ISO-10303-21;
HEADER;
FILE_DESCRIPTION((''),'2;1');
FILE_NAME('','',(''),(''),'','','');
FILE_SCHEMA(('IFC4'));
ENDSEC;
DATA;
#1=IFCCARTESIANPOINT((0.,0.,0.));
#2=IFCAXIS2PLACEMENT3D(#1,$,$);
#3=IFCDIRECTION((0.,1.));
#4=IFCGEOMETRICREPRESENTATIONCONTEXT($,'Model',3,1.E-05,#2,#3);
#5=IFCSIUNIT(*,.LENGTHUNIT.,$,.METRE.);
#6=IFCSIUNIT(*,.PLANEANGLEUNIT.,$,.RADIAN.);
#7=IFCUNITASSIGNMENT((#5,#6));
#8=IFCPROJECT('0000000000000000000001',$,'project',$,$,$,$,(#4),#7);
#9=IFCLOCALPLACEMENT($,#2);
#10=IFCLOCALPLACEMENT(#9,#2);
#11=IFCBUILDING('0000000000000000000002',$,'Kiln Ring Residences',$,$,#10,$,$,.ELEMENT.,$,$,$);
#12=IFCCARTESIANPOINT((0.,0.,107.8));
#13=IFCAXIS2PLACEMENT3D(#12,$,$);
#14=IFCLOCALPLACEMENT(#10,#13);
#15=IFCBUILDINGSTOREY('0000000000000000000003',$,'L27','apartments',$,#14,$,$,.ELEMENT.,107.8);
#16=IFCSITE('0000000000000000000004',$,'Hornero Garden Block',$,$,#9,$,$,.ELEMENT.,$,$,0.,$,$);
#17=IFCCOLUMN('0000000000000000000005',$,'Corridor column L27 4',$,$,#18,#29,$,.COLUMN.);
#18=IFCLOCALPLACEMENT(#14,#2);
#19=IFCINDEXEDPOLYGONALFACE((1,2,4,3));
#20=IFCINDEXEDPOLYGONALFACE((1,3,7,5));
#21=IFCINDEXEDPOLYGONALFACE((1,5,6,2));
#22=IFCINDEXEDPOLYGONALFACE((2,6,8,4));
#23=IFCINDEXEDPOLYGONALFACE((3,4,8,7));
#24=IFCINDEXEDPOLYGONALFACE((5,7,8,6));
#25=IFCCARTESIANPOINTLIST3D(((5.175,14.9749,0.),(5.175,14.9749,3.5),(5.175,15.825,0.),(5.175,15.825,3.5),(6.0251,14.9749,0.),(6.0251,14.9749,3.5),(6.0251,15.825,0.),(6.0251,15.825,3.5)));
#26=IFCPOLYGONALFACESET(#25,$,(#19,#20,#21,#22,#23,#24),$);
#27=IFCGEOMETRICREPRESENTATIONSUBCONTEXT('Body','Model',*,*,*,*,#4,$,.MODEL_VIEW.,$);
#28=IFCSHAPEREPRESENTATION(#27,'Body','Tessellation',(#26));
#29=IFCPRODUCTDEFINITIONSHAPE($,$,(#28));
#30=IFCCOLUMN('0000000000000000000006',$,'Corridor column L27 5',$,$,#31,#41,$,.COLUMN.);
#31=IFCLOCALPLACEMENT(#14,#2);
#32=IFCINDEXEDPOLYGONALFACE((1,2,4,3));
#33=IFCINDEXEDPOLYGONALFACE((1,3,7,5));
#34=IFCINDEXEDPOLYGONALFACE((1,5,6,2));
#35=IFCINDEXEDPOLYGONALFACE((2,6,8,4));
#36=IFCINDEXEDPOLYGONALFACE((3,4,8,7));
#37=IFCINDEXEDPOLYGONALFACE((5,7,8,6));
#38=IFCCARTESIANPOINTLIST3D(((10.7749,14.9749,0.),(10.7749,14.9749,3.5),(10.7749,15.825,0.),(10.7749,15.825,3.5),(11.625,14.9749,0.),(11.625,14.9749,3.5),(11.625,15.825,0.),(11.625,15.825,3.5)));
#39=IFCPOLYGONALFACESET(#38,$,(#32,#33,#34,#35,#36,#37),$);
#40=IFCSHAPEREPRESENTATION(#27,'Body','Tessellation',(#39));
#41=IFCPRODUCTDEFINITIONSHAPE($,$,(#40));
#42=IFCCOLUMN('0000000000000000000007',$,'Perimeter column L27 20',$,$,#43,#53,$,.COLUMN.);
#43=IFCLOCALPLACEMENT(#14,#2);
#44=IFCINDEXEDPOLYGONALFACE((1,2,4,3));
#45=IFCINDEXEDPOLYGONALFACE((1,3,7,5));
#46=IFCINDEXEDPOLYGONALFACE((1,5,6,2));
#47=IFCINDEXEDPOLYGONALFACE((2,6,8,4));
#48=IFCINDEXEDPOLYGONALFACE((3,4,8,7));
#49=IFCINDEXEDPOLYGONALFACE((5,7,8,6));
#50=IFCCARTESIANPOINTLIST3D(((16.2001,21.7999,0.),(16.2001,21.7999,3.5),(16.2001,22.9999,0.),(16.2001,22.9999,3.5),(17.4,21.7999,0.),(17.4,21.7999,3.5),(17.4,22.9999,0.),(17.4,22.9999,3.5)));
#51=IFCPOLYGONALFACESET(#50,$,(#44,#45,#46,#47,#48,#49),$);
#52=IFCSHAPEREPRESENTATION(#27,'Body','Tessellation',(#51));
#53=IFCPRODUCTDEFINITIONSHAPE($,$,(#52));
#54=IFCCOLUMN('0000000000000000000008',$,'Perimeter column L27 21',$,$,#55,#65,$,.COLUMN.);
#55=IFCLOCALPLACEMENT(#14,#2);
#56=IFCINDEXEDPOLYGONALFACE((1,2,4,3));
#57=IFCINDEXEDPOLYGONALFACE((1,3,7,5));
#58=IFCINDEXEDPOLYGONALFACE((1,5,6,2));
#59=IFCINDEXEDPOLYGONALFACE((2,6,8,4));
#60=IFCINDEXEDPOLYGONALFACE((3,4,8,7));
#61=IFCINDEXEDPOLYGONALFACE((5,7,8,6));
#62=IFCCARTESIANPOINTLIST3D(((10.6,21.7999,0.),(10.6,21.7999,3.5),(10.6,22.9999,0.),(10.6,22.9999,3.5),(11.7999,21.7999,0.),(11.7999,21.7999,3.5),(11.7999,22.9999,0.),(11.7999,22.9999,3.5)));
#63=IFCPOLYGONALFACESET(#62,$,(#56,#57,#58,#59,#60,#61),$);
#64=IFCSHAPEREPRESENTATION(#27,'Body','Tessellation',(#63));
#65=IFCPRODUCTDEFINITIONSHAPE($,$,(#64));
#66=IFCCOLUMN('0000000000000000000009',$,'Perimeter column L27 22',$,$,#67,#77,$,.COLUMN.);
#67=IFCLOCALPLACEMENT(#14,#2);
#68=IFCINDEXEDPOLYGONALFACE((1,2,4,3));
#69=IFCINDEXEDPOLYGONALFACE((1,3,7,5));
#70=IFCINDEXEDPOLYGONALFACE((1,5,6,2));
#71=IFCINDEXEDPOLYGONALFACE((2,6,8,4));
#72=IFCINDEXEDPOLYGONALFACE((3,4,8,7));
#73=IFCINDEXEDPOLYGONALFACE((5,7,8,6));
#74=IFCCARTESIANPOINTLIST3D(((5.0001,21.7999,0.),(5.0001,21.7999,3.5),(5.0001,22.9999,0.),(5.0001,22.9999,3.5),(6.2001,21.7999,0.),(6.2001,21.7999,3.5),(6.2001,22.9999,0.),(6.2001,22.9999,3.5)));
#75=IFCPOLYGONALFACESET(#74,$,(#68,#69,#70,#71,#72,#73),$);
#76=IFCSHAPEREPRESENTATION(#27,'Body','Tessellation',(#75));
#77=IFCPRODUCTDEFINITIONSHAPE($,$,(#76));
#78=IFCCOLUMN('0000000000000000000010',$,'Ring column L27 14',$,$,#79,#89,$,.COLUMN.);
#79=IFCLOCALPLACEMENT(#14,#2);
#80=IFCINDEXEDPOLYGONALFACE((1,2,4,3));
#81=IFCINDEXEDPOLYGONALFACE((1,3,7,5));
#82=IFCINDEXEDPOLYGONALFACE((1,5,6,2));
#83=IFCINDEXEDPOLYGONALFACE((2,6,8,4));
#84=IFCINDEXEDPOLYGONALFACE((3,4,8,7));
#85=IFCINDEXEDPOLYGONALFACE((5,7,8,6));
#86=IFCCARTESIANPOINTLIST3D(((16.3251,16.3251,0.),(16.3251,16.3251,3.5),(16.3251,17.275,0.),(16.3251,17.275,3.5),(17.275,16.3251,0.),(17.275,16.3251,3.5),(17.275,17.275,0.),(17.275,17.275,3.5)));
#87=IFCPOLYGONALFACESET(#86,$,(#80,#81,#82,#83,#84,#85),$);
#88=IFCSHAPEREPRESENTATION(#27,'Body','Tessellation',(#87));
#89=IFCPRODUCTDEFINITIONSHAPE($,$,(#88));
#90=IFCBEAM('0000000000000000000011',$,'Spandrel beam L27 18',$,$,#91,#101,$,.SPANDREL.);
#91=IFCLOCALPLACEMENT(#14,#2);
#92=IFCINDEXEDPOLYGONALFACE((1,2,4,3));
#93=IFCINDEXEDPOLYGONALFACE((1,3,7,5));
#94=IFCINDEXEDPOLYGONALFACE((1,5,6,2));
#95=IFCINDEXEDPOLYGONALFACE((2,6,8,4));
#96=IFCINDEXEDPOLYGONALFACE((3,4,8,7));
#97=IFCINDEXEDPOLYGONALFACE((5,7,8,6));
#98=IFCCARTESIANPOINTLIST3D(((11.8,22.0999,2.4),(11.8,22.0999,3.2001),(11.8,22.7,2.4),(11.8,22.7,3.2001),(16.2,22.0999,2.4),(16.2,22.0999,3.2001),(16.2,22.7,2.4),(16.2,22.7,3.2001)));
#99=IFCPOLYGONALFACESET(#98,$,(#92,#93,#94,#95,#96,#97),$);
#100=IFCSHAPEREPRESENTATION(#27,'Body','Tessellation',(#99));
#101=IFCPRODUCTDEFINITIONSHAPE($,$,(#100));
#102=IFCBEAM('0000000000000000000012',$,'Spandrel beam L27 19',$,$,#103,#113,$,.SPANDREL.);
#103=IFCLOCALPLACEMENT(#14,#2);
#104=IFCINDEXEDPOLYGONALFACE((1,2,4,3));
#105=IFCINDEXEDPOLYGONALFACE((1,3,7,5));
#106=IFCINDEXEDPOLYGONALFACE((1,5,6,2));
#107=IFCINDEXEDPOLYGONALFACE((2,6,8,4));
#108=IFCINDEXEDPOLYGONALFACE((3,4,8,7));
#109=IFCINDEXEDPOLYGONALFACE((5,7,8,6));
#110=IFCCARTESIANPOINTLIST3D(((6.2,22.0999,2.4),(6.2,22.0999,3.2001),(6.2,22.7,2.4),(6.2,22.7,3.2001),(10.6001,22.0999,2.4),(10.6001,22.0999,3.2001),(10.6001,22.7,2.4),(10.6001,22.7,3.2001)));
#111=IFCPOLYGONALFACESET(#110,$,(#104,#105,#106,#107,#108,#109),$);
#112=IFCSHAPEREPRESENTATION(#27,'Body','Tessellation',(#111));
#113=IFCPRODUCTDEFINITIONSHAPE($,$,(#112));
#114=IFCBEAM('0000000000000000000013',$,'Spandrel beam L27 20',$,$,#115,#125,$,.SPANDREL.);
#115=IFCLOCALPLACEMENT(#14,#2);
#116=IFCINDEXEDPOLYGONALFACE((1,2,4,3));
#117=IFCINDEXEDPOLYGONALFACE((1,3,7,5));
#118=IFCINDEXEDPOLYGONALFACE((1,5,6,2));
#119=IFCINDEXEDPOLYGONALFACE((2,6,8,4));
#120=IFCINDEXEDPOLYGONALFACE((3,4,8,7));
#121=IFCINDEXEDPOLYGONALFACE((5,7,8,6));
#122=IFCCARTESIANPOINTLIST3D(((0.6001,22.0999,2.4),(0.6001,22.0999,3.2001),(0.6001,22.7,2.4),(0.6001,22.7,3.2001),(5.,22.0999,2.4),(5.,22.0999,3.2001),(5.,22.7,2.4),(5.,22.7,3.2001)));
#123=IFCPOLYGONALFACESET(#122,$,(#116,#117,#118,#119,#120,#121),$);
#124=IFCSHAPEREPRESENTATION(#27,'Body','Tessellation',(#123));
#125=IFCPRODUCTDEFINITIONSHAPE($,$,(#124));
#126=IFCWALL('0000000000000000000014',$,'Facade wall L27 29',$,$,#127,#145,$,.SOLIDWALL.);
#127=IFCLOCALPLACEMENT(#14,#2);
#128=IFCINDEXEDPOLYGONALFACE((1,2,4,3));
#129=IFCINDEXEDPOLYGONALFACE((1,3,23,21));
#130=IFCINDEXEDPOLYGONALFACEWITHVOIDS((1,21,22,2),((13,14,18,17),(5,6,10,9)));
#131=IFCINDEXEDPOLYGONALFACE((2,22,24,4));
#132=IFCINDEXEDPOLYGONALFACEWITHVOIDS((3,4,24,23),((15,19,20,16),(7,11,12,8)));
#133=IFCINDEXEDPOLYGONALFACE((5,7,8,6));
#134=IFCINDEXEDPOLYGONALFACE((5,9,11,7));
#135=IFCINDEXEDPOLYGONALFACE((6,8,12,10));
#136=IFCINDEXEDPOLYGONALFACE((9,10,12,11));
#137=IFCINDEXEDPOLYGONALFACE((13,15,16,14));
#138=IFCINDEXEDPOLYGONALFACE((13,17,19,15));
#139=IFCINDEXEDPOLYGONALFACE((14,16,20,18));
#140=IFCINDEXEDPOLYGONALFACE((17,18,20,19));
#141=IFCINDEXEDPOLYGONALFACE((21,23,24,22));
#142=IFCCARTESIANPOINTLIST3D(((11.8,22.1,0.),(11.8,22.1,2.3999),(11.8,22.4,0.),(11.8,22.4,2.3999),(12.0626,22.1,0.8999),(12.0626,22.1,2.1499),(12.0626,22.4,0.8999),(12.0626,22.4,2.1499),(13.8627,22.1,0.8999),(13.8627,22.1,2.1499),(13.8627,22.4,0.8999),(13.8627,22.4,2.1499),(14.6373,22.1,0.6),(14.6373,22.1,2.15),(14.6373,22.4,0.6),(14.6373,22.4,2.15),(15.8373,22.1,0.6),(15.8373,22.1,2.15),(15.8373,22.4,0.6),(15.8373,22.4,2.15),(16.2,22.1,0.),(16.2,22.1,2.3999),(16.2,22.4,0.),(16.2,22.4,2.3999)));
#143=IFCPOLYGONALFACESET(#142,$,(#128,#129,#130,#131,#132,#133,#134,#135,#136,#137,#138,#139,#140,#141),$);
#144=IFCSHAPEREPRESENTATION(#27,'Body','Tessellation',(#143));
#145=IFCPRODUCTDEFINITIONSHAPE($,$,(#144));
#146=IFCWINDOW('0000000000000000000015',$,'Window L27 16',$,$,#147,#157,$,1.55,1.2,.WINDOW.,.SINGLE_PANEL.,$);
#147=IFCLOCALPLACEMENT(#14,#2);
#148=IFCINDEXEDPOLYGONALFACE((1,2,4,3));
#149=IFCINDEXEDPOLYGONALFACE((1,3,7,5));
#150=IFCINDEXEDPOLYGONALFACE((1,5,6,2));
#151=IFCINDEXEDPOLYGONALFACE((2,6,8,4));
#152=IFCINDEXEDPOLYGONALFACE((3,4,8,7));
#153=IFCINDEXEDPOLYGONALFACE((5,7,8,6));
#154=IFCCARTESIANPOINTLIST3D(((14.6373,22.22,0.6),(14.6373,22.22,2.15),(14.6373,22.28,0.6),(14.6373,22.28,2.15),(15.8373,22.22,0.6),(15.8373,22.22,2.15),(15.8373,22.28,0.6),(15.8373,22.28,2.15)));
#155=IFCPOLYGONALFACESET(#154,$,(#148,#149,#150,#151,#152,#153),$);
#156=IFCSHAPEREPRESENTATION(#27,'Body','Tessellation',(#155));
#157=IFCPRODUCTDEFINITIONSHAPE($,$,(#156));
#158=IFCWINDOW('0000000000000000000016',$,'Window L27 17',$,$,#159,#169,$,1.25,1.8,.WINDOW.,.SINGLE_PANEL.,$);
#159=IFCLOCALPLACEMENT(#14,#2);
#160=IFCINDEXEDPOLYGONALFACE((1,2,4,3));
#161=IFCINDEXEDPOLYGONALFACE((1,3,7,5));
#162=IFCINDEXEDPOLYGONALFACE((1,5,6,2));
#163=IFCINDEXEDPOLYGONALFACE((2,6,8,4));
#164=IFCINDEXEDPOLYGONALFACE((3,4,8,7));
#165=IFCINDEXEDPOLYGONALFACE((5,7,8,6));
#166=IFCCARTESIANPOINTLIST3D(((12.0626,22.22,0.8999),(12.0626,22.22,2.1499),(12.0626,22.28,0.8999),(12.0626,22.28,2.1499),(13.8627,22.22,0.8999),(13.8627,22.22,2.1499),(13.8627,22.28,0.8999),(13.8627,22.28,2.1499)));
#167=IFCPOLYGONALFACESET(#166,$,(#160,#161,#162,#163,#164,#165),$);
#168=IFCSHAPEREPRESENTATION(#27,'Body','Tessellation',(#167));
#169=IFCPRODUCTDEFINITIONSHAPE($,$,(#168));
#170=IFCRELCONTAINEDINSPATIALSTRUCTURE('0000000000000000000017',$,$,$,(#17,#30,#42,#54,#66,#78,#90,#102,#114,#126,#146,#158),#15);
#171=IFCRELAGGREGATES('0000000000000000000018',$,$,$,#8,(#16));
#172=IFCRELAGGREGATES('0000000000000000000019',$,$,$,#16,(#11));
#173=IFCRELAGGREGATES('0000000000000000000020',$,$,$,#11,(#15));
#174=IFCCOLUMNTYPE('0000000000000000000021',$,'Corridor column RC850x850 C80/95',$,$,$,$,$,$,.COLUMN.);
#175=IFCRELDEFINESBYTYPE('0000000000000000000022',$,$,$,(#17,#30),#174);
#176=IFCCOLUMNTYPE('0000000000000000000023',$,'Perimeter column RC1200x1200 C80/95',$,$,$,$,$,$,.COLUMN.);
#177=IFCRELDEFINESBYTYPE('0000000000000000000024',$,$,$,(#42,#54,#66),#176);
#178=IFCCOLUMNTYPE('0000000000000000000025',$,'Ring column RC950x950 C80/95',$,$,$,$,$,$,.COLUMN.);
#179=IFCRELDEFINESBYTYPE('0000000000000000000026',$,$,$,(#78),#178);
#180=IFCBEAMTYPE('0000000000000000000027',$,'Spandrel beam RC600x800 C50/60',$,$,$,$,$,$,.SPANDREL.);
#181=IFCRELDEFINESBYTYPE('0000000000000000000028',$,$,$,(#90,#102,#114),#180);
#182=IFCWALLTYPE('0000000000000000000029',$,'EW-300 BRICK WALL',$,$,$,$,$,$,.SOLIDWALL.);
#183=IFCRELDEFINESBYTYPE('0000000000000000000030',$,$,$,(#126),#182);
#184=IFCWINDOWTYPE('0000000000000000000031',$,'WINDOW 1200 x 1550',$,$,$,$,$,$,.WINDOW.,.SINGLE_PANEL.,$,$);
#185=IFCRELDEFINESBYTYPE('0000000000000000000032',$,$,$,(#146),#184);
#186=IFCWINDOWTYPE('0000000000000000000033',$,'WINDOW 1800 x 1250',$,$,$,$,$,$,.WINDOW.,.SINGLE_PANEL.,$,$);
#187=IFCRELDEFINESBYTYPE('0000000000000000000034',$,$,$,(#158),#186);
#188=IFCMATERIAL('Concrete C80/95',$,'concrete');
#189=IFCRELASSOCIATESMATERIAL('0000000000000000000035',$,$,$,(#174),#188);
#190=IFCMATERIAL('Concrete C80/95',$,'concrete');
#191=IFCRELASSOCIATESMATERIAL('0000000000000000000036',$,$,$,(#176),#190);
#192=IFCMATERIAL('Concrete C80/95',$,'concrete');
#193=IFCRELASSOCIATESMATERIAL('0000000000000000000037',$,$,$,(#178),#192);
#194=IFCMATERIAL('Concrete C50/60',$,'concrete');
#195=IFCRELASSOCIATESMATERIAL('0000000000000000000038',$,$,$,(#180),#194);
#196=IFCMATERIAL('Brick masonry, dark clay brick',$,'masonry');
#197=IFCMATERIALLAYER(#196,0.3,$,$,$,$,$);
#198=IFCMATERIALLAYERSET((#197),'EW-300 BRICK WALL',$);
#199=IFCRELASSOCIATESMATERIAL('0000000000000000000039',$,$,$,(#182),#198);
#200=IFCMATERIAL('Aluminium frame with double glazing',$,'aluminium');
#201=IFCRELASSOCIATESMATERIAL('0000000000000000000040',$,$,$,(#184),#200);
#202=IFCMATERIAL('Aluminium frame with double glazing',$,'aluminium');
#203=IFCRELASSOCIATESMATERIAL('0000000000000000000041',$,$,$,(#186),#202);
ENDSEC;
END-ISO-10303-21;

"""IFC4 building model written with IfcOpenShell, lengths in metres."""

from ifc_helpers import new_model, si_unit, direction, frame, frame_2d, origin, origin_2d, place, context, subcontext, project, spatial, rectangle, extrude, material, layer, layer_set, material_profile, profile_set, type_object, element, fill, save


model = new_model("IFC4")

# Units and contexts
model_context = context("Model", 3, precision=1e-05, world=origin(), true_north=direction((0.0, 1.0)))
body_context = subcontext(model_context, "Body", "Model", "MODEL_VIEW")
ifc_project = project(units=[si_unit("LENGTHUNIT", "METRE"), si_unit("PLANEANGLEUNIT", "RADIAN")], contexts=[model_context])

# Site, building, storey
site_placement = place(None, origin())
site = spatial("IfcSite", under=ifc_project, at=site_placement, Name="Hornero Garden Block", CompositionType="ELEMENT", RefElevation=0.0)
building_placement = place(site_placement, origin())
building = spatial("IfcBuilding", under=site, at=building_placement, Name="Kiln Ring Residences", CompositionType="ELEMENT")
storey_placement = place(building_placement, frame((0.0, 0.0, 107.8)))
storey = spatial("IfcBuildingStorey", under=building, at=storey_placement, Name="L27", Description="apartments", CompositionType="ELEMENT", Elevation=107.8)

# Columns
ifc_material_1 = material(Name="Concrete C80/95", Category="concrete")
ifc_material_profile_1 = material_profile(ifc_material_1, rectangle(XDim=0.8501, YDim=0.8501, at=origin_2d()), Name="RC850x850")
ifc_profile_set_1 = profile_set([ifc_material_profile_1], Name="Concrete C80/95")
column_type_1 = type_object("IfcColumnType", Name="Corridor column RC850x850 C80/95", PredefinedType="COLUMN", material=ifc_profile_set_1)
for number, where, z_axis, x_axis, name in (
    (1, (5.6001, 15.3999, 0.0), (0.0, 0.0, 1.0), (1.0, 0.0, 0.0), "Corridor column L27 4"),
    (2, (11.2, 15.3999, 0.0), (0.0, 0.0, 1.0), (1.0, 0.0, 0.0), "Corridor column L27 5"),
):
    element("IfcColumn", number, at=place(storey_placement, frame(where, z_axis=z_axis, x_axis=x_axis)), inside=storey, type_object=column_type_1, Name=name, PredefinedType="COLUMN", context=body_context, shape_type="SweptSolid", body=[
        extrude(rectangle(XDim=0.8501, YDim=0.8501, at=origin_2d()), origin(), (0.0, 0.0, 1.0), 3.5),
    ])
ifc_material_2 = material(Name="Concrete C80/95", Category="concrete")
ifc_material_profile_2 = material_profile(ifc_material_2, rectangle(XDim=1.2, YDim=1.2, at=origin_2d()), Name="RC1200x1200")
ifc_profile_set_2 = profile_set([ifc_material_profile_2], Name="Concrete C80/95")
column_type_2 = type_object("IfcColumnType", Name="Perimeter column RC1200x1200 C80/95", PredefinedType="COLUMN", material=ifc_profile_set_2)
for number, where, z_axis, x_axis, name in (
    (3, (16.8, 22.3999, 0.0), (0.0, 0.0, 1.0), (1.0, 0.0, 0.0), "Perimeter column L27 20"),
    (4, (11.2, 22.3999, 0.0), (0.0, 0.0, 1.0), (1.0, 0.0, 0.0), "Perimeter column L27 21"),
    (5, (5.6001, 22.3999, 0.0), (0.0, 0.0, 1.0), (1.0, 0.0, 0.0), "Perimeter column L27 22"),
):
    element("IfcColumn", number, at=place(storey_placement, frame(where, z_axis=z_axis, x_axis=x_axis)), inside=storey, type_object=column_type_2, Name=name, PredefinedType="COLUMN", context=body_context, shape_type="SweptSolid", body=[
        extrude(rectangle(XDim=1.2, YDim=1.2, at=origin_2d()), origin(), (0.0, 0.0, 1.0), 3.5),
    ])
ifc_material_3 = material(Name="Concrete C80/95", Category="concrete")
ifc_material_profile_3 = material_profile(ifc_material_3, rectangle(XDim=0.95, YDim=0.95, at=origin_2d()), Name="RC950x950")
ifc_profile_set_3 = profile_set([ifc_material_profile_3], Name="Concrete C80/95")
column_type_3 = type_object("IfcColumnType", Name="Ring column RC950x950 C80/95", PredefinedType="COLUMN", material=ifc_profile_set_3)
column_placement = place(storey_placement, frame((16.8, 16.8, 0.0), z_axis=(0.0, 0.0, 1.0), x_axis=(1.0, 0.0, 0.0)))
element("IfcColumn", 6, at=column_placement, inside=storey, type_object=column_type_3, Name="Ring column L27 14", PredefinedType="COLUMN", context=body_context, shape_type="SweptSolid", body=[
    extrude(rectangle(XDim=0.95, YDim=0.95, at=origin_2d()), origin(), (0.0, 0.0, 1.0), 3.5),
])

# Beams
ifc_material_4 = material(Name="Concrete C50/60", Category="concrete")
ifc_material_profile_4 = material_profile(ifc_material_4, rectangle(XDim=0.6001, YDim=0.8, at=origin_2d()), Name="RC600x800")
ifc_profile_set_4 = profile_set([ifc_material_profile_4], Name="Concrete C50/60")
beam_type = type_object("IfcBeamType", Name="Spandrel beam RC600x800 C50/60", PredefinedType="SPANDREL", material=ifc_profile_set_4)
beam_1_placement = place(storey_placement, frame((16.2, 22.3999, 2.8), z_axis=(-1.0, 0.0, 0.0), x_axis=(0.0, -1.0, 0.0)))
element("IfcBeam", 7, at=beam_1_placement, inside=storey, type_object=beam_type, Name="Spandrel beam L27 18", PredefinedType="SPANDREL", context=body_context, shape_type="SweptSolid", body=[
    extrude(rectangle(XDim=0.6001, YDim=0.8, at=origin_2d()), origin(), (0.0, 0.0, 1.0), 4.3999),
])
beam_2_placement = place(storey_placement, frame((10.6001, 22.3999, 2.8), z_axis=(-1.0, 0.0, 0.0), x_axis=(0.0, -1.0, 0.0)))
element("IfcBeam", 8, at=beam_2_placement, inside=storey, type_object=beam_type, Name="Spandrel beam L27 19", PredefinedType="SPANDREL", context=body_context, shape_type="SweptSolid", body=[
    extrude(rectangle(XDim=0.6001, YDim=0.8, at=origin_2d()), origin(), (0.0, 0.0, 1.0), 4.4001),
])
beam_3_placement = place(storey_placement, frame((5.0, 22.3999, 2.8), z_axis=(-1.0, 0.0, 0.0), x_axis=(0.0, -1.0, 0.0)))
element("IfcBeam", 9, at=beam_3_placement, inside=storey, type_object=beam_type, Name="Spandrel beam L27 20", PredefinedType="SPANDREL", context=body_context, shape_type="SweptSolid", body=[
    extrude(rectangle(XDim=0.6001, YDim=0.8, at=origin_2d()), origin(), (0.0, 0.0, 1.0), 4.3999),
])

# Wall, openings, windows
ifc_material_5 = material(Name="Brick masonry, dark clay brick", Category="masonry")
ifc_layer_1 = layer(ifc_material_5, 0.3)
ifc_layer_set_1 = layer_set([ifc_layer_1], Name="EW-300 BRICK WALL")
wall_type_1 = type_object("IfcWallType", Name="EW-300 BRICK WALL", PredefinedType="SOLIDWALL", material=ifc_layer_set_1)
wall_1_placement = place(storey_placement, frame((16.2, 22.25, 0.0), z_axis=(0.0, 0.0, 1.0), x_axis=(-1.0, 0.0, 0.0)))
wall_1 = element("IfcWall", 10, at=wall_1_placement, inside=storey, type_object=wall_type_1, Name="Facade wall L27 29", PredefinedType="SOLIDWALL", context=body_context, shape_type="SweptSolid", body=[
    extrude(rectangle(XDim=4.3999, YDim=0.3, at=frame_2d((2.2, 0.0))), origin(), (0.0, 0.0, 1.0), 2.3999),
])
opening_1_placement = place(wall_1_placement, frame((0.3625, 0.0, 0.6001)))
opening_1 = element("IfcOpeningElement", 11, at=opening_1_placement, cuts=wall_1, PredefinedType="OPENING", context=body_context, shape_type="SweptSolid", body=[
    extrude(rectangle(XDim=1.2, YDim=1.55, at=frame_2d((0.6001, 0.7749))), frame((0.0, 0.1599, 0.0), z_axis=(0.0, -1.0, 0.0), x_axis=(1.0, 0.0, 0.0)), (0.0, 0.0, 1.0), 0.3201),
])
opening_2_placement = place(wall_1_placement, frame((2.3374, 0.0, 0.8999)))
opening_2 = element("IfcOpeningElement", 12, at=opening_2_placement, cuts=wall_1, PredefinedType="OPENING", context=body_context, shape_type="SweptSolid", body=[
    extrude(rectangle(XDim=1.8, YDim=1.25, at=frame_2d((0.8999, 0.625))), frame((0.0, 0.1599, 0.0), z_axis=(0.0, -1.0, 0.0), x_axis=(1.0, 0.0, 0.0)), (0.0, 0.0, 1.0), 0.3201),
])
ifc_material_6 = material(Name="Aluminium frame with double glazing", Category="aluminium")
window_type_1 = type_object("IfcWindowType", Name="WINDOW 1200 x 1550", PartitioningType="SINGLE_PANEL", PredefinedType="WINDOW", material=ifc_material_6)
window_1_placement = place(opening_1_placement, origin())
window_1 = element("IfcWindow", 13, at=window_1_placement, inside=storey, type_object=window_type_1, Name="Window L27 16", OverallHeight=1.55, OverallWidth=1.2, PartitioningType="SINGLE_PANEL", PredefinedType="WINDOW", context=body_context, shape_type="SweptSolid", body=[
    extrude(rectangle(XDim=1.2, YDim=1.55, at=frame_2d((0.6001, 0.7749))), frame((0.0, 0.03, 0.0), z_axis=(0.0, -1.0, 0.0), x_axis=(1.0, 0.0, 0.0)), (0.0, 0.0, 1.0), 0.0601),
])
fill(opening_1, window_1)
ifc_material_7 = material(Name="Aluminium frame with double glazing", Category="aluminium")
window_type_2 = type_object("IfcWindowType", Name="WINDOW 1800 x 1250", PartitioningType="SINGLE_PANEL", PredefinedType="WINDOW", material=ifc_material_7)
window_2_placement = place(opening_2_placement, origin())
window_2 = element("IfcWindow", 14, at=window_2_placement, inside=storey, type_object=window_type_2, Name="Window L27 17", OverallHeight=1.25, OverallWidth=1.8, PartitioningType="SINGLE_PANEL", PredefinedType="WINDOW", context=body_context, shape_type="SweptSolid", body=[
    extrude(rectangle(XDim=1.8, YDim=1.25, at=frame_2d((0.8999, 0.625))), frame((0.0, 0.03, 0.0), z_axis=(0.0, -1.0, 0.0), x_axis=(1.0, 0.0, 0.0)), (0.0, 0.0, 1.0), 0.0601),
])
fill(opening_2, window_2)

save(model, "model.ifc")
